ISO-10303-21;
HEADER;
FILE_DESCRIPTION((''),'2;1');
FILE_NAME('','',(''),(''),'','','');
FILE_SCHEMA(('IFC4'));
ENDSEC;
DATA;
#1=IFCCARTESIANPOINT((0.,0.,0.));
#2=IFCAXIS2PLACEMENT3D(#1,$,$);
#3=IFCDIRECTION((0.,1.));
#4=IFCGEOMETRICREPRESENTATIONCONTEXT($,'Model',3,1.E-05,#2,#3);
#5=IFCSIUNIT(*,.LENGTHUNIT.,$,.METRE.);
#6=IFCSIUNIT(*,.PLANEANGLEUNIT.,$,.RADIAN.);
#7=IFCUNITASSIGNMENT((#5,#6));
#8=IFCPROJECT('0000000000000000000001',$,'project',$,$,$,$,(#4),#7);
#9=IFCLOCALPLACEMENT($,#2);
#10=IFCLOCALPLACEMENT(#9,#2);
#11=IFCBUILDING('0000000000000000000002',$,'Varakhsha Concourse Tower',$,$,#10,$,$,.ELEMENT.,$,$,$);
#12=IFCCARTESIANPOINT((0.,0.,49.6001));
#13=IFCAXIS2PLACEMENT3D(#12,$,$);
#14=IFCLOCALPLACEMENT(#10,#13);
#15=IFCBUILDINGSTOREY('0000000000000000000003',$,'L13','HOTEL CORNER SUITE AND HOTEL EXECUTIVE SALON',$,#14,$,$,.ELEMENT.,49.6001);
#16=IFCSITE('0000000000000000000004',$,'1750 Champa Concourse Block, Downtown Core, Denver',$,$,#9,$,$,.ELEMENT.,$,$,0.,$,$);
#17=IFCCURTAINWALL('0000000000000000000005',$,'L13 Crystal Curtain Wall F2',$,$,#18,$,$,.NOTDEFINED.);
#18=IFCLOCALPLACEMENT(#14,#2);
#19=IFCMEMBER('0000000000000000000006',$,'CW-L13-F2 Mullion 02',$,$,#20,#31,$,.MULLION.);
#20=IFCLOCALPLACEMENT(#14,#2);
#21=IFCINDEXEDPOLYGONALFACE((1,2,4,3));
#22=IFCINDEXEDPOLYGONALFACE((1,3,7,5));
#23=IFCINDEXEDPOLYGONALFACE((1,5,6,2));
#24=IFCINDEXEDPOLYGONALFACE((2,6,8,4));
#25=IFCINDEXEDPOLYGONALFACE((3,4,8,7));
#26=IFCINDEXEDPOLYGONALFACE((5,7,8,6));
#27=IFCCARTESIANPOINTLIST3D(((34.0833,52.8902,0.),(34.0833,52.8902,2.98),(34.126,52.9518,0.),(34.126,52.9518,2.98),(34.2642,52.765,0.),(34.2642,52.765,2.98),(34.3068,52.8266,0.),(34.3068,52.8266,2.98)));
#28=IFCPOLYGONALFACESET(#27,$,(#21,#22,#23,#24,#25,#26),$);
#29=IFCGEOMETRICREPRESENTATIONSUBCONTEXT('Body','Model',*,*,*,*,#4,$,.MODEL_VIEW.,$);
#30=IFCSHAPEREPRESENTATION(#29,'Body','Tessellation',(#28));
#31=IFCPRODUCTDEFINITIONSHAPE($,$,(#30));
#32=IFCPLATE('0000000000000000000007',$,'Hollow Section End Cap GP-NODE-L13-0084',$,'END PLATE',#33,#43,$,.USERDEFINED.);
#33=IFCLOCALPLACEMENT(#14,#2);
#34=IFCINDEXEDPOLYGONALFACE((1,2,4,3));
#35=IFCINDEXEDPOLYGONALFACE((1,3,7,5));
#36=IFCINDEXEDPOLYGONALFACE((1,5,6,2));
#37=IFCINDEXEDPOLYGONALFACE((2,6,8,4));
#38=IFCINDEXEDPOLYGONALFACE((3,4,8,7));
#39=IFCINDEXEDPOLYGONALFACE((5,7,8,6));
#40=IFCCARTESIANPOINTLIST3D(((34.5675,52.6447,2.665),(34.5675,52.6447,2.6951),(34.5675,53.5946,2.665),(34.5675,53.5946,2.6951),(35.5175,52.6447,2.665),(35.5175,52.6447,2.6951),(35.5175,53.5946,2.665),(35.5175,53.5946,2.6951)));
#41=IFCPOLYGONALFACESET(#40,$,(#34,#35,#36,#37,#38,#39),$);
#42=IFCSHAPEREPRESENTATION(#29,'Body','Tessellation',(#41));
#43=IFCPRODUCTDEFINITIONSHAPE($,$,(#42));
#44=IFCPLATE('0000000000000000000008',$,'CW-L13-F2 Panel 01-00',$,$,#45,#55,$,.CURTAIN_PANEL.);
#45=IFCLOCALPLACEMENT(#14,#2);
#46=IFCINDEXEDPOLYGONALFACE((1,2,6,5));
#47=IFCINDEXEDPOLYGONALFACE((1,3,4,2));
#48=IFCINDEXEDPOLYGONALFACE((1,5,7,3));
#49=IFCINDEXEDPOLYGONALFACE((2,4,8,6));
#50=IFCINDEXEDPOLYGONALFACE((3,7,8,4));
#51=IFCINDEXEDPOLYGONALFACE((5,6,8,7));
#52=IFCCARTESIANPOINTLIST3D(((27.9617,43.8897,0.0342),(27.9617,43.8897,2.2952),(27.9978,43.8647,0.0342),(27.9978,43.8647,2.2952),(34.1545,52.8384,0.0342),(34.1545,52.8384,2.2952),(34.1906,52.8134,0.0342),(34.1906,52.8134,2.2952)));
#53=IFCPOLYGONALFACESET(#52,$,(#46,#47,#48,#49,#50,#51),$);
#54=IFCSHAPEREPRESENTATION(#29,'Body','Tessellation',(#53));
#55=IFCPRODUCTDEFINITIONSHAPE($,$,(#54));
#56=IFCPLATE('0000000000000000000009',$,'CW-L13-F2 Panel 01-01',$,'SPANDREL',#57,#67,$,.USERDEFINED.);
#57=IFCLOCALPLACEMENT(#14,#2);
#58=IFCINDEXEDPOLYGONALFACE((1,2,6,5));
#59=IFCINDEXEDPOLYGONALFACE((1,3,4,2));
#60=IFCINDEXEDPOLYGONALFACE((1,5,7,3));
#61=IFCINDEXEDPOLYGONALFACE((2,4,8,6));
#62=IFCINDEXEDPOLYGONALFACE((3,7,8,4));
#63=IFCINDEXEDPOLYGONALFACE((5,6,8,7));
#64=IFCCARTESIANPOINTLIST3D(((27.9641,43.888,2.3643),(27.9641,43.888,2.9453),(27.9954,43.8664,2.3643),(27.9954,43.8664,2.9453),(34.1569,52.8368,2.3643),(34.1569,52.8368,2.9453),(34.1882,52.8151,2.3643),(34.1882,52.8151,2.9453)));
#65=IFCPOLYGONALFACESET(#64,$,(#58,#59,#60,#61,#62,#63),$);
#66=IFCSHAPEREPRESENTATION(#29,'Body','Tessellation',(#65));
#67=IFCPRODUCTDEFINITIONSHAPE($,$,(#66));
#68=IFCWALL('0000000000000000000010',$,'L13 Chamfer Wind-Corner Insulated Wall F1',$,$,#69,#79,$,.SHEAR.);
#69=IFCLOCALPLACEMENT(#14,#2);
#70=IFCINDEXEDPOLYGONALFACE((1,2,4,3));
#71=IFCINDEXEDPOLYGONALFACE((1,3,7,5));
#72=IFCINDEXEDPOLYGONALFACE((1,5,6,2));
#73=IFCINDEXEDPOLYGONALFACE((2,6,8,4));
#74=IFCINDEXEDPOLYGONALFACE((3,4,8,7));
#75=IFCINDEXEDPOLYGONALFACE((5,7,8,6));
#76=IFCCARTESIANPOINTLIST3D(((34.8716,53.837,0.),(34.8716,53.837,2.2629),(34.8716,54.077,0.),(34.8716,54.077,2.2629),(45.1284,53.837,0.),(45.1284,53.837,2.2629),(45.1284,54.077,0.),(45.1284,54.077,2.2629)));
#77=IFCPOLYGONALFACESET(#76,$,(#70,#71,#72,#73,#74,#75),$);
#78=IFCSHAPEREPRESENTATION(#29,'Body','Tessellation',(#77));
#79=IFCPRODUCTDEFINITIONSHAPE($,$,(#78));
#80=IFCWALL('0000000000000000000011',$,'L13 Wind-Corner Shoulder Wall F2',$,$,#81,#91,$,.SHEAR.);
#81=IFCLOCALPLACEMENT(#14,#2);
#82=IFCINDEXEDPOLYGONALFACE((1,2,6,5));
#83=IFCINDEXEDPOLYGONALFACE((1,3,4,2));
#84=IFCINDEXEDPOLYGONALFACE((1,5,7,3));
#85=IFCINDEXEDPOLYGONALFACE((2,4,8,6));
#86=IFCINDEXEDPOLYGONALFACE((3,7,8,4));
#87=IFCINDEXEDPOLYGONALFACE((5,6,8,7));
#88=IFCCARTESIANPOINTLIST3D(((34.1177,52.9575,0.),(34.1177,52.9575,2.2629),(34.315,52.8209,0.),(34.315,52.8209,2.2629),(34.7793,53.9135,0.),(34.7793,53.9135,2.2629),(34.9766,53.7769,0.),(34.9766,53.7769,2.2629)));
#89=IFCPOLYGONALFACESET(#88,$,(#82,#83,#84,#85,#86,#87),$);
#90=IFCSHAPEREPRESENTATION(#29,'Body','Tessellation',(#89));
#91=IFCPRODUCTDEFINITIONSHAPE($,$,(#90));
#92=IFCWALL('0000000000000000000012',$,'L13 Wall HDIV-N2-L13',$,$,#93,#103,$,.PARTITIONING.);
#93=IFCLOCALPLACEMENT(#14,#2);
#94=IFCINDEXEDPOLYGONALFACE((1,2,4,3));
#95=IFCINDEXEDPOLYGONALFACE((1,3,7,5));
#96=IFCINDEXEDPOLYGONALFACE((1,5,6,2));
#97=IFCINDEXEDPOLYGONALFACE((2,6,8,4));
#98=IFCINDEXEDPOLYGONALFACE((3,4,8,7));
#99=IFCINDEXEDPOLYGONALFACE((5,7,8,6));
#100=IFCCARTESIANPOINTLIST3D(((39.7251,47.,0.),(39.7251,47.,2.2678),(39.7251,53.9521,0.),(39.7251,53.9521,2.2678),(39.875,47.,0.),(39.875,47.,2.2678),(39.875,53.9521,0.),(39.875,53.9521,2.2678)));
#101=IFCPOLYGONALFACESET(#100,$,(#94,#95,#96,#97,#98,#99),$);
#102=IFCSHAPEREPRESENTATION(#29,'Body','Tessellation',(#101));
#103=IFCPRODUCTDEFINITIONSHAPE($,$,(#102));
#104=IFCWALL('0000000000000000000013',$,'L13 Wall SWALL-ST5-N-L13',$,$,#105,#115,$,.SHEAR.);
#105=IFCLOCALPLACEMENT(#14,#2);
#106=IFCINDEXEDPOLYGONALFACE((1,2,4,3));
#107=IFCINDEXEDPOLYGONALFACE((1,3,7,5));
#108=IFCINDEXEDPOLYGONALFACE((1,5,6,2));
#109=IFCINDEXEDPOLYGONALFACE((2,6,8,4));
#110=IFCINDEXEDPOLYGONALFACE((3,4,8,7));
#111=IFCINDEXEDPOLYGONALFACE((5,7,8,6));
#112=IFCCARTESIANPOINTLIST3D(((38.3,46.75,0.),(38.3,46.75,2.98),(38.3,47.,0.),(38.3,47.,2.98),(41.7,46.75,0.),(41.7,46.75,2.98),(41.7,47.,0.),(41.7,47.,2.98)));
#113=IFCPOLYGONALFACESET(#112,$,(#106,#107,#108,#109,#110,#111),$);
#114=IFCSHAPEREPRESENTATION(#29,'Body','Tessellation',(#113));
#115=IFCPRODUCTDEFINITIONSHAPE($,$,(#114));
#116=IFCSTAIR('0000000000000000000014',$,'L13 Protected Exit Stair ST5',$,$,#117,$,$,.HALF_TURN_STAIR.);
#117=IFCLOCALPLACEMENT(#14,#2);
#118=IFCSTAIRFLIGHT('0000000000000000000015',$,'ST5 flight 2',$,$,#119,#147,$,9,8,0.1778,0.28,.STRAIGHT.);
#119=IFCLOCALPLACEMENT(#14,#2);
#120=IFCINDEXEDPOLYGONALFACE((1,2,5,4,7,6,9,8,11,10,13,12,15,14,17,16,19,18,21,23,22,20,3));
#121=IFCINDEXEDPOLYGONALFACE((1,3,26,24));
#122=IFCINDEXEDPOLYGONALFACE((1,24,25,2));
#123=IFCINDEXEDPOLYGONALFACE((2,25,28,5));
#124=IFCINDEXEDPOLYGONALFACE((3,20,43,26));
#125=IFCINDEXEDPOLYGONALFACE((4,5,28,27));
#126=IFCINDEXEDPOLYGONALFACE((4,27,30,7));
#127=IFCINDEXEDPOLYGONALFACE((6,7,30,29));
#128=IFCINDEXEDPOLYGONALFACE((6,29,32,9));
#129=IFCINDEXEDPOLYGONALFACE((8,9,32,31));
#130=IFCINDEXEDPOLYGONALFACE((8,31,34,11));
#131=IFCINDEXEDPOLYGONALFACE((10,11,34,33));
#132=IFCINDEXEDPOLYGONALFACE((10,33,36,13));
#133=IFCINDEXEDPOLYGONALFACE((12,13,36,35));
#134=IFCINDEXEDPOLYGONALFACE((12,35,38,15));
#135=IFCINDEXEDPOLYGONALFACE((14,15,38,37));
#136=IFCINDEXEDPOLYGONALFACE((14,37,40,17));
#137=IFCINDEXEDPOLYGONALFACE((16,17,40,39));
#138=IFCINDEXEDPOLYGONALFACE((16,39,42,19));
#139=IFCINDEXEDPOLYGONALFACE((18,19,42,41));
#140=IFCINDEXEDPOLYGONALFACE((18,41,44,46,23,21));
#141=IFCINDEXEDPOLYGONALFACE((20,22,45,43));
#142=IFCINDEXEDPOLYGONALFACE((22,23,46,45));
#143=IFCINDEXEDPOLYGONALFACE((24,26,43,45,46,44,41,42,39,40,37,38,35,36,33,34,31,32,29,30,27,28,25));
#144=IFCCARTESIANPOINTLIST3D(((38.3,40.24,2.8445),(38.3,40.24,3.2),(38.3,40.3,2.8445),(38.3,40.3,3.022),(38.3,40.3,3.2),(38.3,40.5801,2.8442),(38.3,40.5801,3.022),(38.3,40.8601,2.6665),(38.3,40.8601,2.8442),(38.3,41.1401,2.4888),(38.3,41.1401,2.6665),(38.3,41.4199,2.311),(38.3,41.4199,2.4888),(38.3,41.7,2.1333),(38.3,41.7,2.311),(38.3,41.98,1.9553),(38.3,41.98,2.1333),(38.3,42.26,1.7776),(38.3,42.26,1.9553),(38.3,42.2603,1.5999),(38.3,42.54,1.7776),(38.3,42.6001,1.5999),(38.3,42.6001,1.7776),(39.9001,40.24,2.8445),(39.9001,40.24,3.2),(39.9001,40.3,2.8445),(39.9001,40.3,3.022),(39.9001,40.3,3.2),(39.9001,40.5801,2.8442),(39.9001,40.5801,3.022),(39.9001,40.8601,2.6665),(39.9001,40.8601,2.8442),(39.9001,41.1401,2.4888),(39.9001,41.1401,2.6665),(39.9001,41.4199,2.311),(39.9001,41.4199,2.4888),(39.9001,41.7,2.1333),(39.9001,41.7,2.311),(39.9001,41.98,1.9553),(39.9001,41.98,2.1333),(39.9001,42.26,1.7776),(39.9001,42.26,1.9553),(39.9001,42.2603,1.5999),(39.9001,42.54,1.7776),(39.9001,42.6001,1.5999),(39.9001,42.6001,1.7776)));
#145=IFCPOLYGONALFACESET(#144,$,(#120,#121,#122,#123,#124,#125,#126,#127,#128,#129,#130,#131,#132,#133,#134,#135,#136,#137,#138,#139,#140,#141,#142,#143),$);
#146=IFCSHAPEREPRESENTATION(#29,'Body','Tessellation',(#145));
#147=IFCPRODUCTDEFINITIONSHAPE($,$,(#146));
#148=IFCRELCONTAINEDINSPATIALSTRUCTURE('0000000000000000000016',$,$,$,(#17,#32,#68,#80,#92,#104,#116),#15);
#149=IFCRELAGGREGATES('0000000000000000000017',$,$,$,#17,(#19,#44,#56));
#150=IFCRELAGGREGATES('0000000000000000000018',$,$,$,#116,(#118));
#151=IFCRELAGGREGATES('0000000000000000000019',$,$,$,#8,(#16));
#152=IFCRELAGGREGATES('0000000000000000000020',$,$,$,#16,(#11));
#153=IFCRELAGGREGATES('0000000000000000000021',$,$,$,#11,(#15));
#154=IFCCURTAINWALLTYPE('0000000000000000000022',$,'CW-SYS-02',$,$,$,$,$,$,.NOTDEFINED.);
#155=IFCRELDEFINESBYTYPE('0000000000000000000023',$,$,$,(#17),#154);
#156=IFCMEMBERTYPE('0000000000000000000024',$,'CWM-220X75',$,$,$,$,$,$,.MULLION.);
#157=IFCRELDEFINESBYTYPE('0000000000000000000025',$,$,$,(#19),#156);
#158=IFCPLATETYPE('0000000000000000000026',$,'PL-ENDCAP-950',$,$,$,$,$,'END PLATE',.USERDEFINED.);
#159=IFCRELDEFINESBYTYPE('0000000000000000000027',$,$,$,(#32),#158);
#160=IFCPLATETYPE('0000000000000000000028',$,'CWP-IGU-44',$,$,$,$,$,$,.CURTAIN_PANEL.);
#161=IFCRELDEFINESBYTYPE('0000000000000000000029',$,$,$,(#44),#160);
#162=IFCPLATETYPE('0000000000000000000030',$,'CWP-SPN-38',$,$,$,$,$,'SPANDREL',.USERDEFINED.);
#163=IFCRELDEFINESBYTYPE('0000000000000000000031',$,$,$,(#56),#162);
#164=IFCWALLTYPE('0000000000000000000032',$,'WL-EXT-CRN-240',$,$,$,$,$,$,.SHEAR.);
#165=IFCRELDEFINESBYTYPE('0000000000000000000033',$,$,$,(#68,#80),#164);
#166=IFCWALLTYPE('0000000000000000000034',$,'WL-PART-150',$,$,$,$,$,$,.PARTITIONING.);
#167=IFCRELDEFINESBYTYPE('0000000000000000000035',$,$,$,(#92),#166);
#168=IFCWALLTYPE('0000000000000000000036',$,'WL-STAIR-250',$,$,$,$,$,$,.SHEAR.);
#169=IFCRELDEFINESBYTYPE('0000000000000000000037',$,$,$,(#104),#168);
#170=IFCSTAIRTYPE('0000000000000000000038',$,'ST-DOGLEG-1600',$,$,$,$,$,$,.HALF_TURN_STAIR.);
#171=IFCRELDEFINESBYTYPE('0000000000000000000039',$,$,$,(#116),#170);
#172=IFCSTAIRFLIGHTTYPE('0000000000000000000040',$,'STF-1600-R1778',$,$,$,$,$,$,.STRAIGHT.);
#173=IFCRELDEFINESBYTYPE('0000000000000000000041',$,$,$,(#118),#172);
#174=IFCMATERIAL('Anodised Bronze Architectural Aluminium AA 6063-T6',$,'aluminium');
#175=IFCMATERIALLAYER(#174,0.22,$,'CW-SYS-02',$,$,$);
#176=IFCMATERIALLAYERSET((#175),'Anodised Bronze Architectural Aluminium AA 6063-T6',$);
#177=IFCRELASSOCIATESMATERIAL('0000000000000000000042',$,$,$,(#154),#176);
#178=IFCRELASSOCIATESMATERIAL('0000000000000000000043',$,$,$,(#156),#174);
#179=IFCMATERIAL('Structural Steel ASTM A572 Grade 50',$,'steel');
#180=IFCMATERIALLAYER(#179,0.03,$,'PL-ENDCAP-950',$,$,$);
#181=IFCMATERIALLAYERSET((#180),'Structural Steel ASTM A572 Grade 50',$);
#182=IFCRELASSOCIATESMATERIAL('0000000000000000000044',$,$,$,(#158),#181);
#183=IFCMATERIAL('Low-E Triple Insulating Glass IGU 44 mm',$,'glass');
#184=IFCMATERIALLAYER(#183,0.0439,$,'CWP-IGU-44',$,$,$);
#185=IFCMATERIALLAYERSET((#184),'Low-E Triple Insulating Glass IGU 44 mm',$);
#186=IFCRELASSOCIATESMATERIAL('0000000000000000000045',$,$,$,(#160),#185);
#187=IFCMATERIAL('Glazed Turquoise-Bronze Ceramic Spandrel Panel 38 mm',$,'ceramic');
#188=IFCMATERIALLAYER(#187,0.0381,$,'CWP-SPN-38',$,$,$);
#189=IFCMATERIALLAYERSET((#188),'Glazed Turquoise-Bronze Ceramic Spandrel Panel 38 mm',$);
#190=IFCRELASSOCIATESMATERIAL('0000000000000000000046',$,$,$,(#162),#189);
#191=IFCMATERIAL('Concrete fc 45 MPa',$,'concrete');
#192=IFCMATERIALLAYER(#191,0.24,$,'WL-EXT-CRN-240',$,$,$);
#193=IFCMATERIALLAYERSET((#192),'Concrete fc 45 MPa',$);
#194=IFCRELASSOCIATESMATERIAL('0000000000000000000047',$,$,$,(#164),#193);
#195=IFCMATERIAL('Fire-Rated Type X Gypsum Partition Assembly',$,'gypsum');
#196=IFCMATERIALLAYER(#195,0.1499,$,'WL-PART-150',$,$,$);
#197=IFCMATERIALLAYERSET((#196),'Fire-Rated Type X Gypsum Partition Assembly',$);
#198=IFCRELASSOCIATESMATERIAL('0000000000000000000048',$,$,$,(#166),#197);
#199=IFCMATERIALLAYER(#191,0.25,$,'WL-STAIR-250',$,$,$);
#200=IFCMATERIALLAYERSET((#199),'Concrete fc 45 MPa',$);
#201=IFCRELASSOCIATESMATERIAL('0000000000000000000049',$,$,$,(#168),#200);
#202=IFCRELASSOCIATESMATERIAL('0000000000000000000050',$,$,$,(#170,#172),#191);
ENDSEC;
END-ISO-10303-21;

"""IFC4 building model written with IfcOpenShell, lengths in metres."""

from ifc_helpers import new_model, si_unit, direction, frame, frame_2d, origin, origin_2d, place, context, subcontext, project, spatial, polyline, rectangle, outline, extrude, source, transform, mapped, material, layer, layer_set, material_profile, profile_set, type_object, type_shapes, element, aggregate, save


model = new_model("IFC4")

# Units and contexts
model_context = context("Model", 3, precision=1e-05, world=origin(), true_north=direction((0.0, 1.0)))
body_context = subcontext(model_context, "Body", "Model", "MODEL_VIEW")
ifc_project = project(units=[si_unit("LENGTHUNIT", "METRE"), si_unit("PLANEANGLEUNIT", "RADIAN")], contexts=[model_context])

# Site, building, storey
site_placement = place(None, origin())
site = spatial("IfcSite", under=ifc_project, at=site_placement, Name="1750 Champa Concourse Block, Downtown Core, Denver", CompositionType="ELEMENT", RefElevation=0.0)
building_placement = place(site_placement, origin())
building = spatial("IfcBuilding", under=site, at=building_placement, Name="Varakhsha Concourse Tower", CompositionType="ELEMENT")
storey_placement = place(building_placement, frame((0.0, 0.0, 49.6001)))
storey = spatial("IfcBuildingStorey", under=building, at=storey_placement, Name="L13", Description="HOTEL CORNER SUITE AND HOTEL EXECUTIVE SALON", CompositionType="ELEMENT", Elevation=49.6001)

# Shared definitions
ifc_material_1 = material(Name="Structural Steel ASTM A572 Grade 50", Category="steel")

# Curtain wall, member
ifc_material_2 = material(Name="Anodised Bronze Architectural Aluminium AA 6063-T6", Category="aluminium")
ifc_layer_1 = layer(ifc_material_2, 0.22, Name="CW-SYS-02")
ifc_layer_set_1 = layer_set([ifc_layer_1], Name="Anodised Bronze Architectural Aluminium AA 6063-T6")
curtain_wall_type = type_object("IfcCurtainWallType", Name="CW-SYS-02", PredefinedType="NOTDEFINED", material=ifc_layer_set_1)
curtain_wall_placement = place(storey_placement, origin())
curtain_wall = element("IfcCurtainWall", 1, at=curtain_wall_placement, inside=storey, type_object=curtain_wall_type, Name="L13 Crystal Curtain Wall F2", PredefinedType="NOTDEFINED")
ifc_material_profile_1 = material_profile(ifc_material_2, rectangle(XDim=0.075, YDim=0.22, at=origin_2d()), Name="CWM-220X75")
ifc_profile_set_1 = profile_set([ifc_material_profile_1], Name="Anodised Bronze Architectural Aluminium AA 6063-T6")
member_type = type_object("IfcMemberType", Name="CWM-220X75", PredefinedType="MULLION", material=ifc_profile_set_1)
shared_shape_1 = source(origin(), body_context, "Body", "SweptSolid", [
    extrude(rectangle(XDim=0.075, YDim=0.22, at=origin_2d()), origin(), (0.0, 0.0, 1.0), 2.98),
])
type_shapes(member_type, [shared_shape_1])
member_1_placement = place(storey_placement, frame((34.1951, 52.8584, 0.0), z_axis=(0.0, 0.0, 1.0), x_axis=(0.569057, 0.822298, 0.0)))
member_1 = element("IfcMember", 2, at=member_1_placement, type_object=member_type, Name="CW-L13-F2 Mullion 02", PredefinedType="MULLION", context=body_context, shape_type="MappedRepresentation", body=[
    mapped(shared_shape_1, transform((0.0, 0.0, 0.0), scale=1.0)),
])

# Plates
ifc_layer_2 = layer(ifc_material_1, 0.03, Name="PL-ENDCAP-950")
ifc_layer_set_2 = layer_set([ifc_layer_2], Name="Structural Steel ASTM A572 Grade 50")
plate_type_1 = type_object("IfcPlateType", Name="PL-ENDCAP-950", ElementType="END PLATE", PredefinedType="USERDEFINED", material=ifc_layer_set_2)
shared_shape_2 = source(origin(), body_context, "Body", "SweptSolid", [
    extrude(rectangle(XDim=0.95, YDim=0.95, at=origin_2d()), origin(), (0.0, 0.0, 1.0), 0.03),
])
type_shapes(plate_type_1, [shared_shape_2])
plate_1_placement = place(storey_placement, frame((35.0425, 53.1196, 2.665), z_axis=(0.0, 0.0, 1.0), x_axis=(1.0, 0.0, 0.0)))
element("IfcPlate", 3, at=plate_1_placement, inside=storey, type_object=plate_type_1, Name="Hollow Section End Cap GP-NODE-L13-0084", ObjectType="END PLATE", PredefinedType="USERDEFINED", context=body_context, shape_type="MappedRepresentation", body=[
    mapped(shared_shape_2, transform((0.0, 0.0, 0.0), scale=1.0)),
])
ifc_material_3 = material(Name="Low-E Triple Insulating Glass IGU 44 mm", Category="glass")
ifc_layer_3 = layer(ifc_material_3, 0.0439, Name="CWP-IGU-44")
ifc_layer_set_3 = layer_set([ifc_layer_3], Name="Low-E Triple Insulating Glass IGU 44 mm")
plate_type_2 = type_object("IfcPlateType", Name="CWP-IGU-44", PredefinedType="CURTAIN_PANEL", material=ifc_layer_set_3)
shared_shape_3 = source(origin(), body_context, "Body", "SweptSolid", [
    extrude(rectangle(XDim=10.8826, YDim=0.0439, at=origin_2d()), origin(), (0.0, 0.0, 1.0), 2.261),
])
type_shapes(plate_type_2, [shared_shape_3])
plate_2_placement = place(storey_placement, frame((31.0762, 48.3516, 0.0342), z_axis=(0.0, 0.0, 1.0), x_axis=(0.569057, 0.822298, 0.0)))
plate_2 = element("IfcPlate", 4, at=plate_2_placement, type_object=plate_type_2, Name="CW-L13-F2 Panel 01-00", PredefinedType="CURTAIN_PANEL", context=body_context, shape_type="MappedRepresentation", body=[
    mapped(shared_shape_3, transform((0.0, 0.0, 0.0), scale=1.0)),
])
ifc_material_4 = material(Name="Glazed Turquoise-Bronze Ceramic Spandrel Panel 38 mm", Category="ceramic")
ifc_layer_4 = layer(ifc_material_4, 0.0381, Name="CWP-SPN-38")
ifc_layer_set_4 = layer_set([ifc_layer_4], Name="Glazed Turquoise-Bronze Ceramic Spandrel Panel 38 mm")
plate_type_3 = type_object("IfcPlateType", Name="CWP-SPN-38", ElementType="SPANDREL", PredefinedType="USERDEFINED", material=ifc_layer_set_4)
shared_shape_4 = source(origin(), body_context, "Body", "SweptSolid", [
    extrude(rectangle(XDim=10.8826, YDim=0.0381, at=origin_2d()), origin(), (0.0, 0.0, 1.0), 0.5811),
])
type_shapes(plate_type_3, [shared_shape_4])
plate_3_placement = place(storey_placement, frame((31.0762, 48.3516, 2.3643), z_axis=(0.0, 0.0, 1.0), x_axis=(0.569057, 0.822298, 0.0)))
plate_3 = element("IfcPlate", 5, at=plate_3_placement, type_object=plate_type_3, Name="CW-L13-F2 Panel 01-01", ObjectType="SPANDREL", PredefinedType="USERDEFINED", context=body_context, shape_type="MappedRepresentation", body=[
    mapped(shared_shape_4, transform((0.0, 0.0, 0.0), scale=1.0)),
])
aggregate(curtain_wall, [member_1, plate_2, plate_3])

# Walls
ifc_material_5 = material(Name="Concrete fc 45 MPa", Category="concrete")
ifc_layer_5 = layer(ifc_material_5, 0.24, Name="WL-EXT-CRN-240")
ifc_layer_set_5 = layer_set([ifc_layer_5], Name="Concrete fc 45 MPa")
wall_type_1 = type_object("IfcWallType", Name="WL-EXT-CRN-240", PredefinedType="SHEAR", material=ifc_layer_set_5)
wall_1_placement = place(storey_placement, frame((34.8716, 53.957, 0.0), z_axis=(0.0, 0.0, 1.0), x_axis=(1.0, 0.0, 0.0)))
element("IfcWall", 6, at=wall_1_placement, inside=storey, type_object=wall_type_1, Name="L13 Chamfer Wind-Corner Insulated Wall F1", PredefinedType="SHEAR", context=body_context, shape_type="SweptSolid", body=[
    extrude(rectangle(XDim=10.2568, YDim=0.24, at=frame_2d((5.1284, 0.0))), origin(), (0.0, 0.0, 1.0), 2.2629),
])
wall_2_placement = place(storey_placement, frame((34.8779, 53.8452, 0.0), z_axis=(0.0, 0.0, 1.0), x_axis=(-0.569057, -0.822298, 0.0)))
element("IfcWall", 7, at=wall_2_placement, inside=storey, type_object=wall_type_1, Name="L13 Wind-Corner Shoulder Wall F2", PredefinedType="SHEAR", context=body_context, shape_type="SweptSolid", body=[
    extrude(rectangle(XDim=1.1626, YDim=0.24, at=frame_2d((0.5813, 0.0))), origin(), (0.0, 0.0, 1.0), 2.2629),
])
ifc_material_6 = material(Name="Fire-Rated Type X Gypsum Partition Assembly", Category="gypsum")
ifc_layer_6 = layer(ifc_material_6, 0.1499, Name="WL-PART-150")
ifc_layer_set_6 = layer_set([ifc_layer_6], Name="Fire-Rated Type X Gypsum Partition Assembly")
wall_type_2 = type_object("IfcWallType", Name="WL-PART-150", PredefinedType="PARTITIONING", material=ifc_layer_set_6)
wall_3_placement = place(storey_placement, frame((39.8, 47.0, 0.0), z_axis=(0.0, 0.0, 1.0), x_axis=(0.0, 1.0, 0.0)))
element("IfcWall", 8, at=wall_3_placement, inside=storey, type_object=wall_type_2, Name="L13 Wall HDIV-N2-L13", PredefinedType="PARTITIONING", context=body_context, shape_type="SweptSolid", body=[
    extrude(rectangle(XDim=6.9521, YDim=0.1499, at=frame_2d((3.4761, 0.0))), origin(), (0.0, 0.0, 1.0), 2.2678),
])
ifc_layer_7 = layer(ifc_material_5, 0.25, Name="WL-STAIR-250")
ifc_layer_set_7 = layer_set([ifc_layer_7], Name="Concrete fc 45 MPa")
wall_type_3 = type_object("IfcWallType", Name="WL-STAIR-250", PredefinedType="SHEAR", material=ifc_layer_set_7)
wall_4_placement = place(storey_placement, frame((38.3, 46.875, 0.0), z_axis=(0.0, 0.0, 1.0), x_axis=(1.0, 0.0, 0.0)))
element("IfcWall", 9, at=wall_4_placement, inside=storey, type_object=wall_type_3, Name="L13 Wall SWALL-ST5-N-L13", PredefinedType="SHEAR", context=body_context, shape_type="SweptSolid", body=[
    extrude(rectangle(XDim=3.3999, YDim=0.25, at=frame_2d((1.7, 0.0))), origin(), (0.0, 0.0, 1.0), 2.98),
])

# Stair, stair flight
stair_type = type_object("IfcStairType", Name="ST-DOGLEG-1600", PredefinedType="HALF_TURN_STAIR", material=ifc_material_5)
stair_placement = place(storey_placement, origin())
stair = element("IfcStair", 10, at=stair_placement, inside=storey, type_object=stair_type, Name="L13 Protected Exit Stair ST5", PredefinedType="HALF_TURN_STAIR")
stair_flight_type = type_object("IfcStairFlightType", Name="STF-1600-R1778", PredefinedType="STRAIGHT", material=ifc_material_5)
stair_flight_placement = place(storey_placement, frame((39.1001, 42.54, 1.5999), z_axis=(0.0, 0.0, 1.0), x_axis=(0.0, -1.0, 0.0)))
stair_flight = element("IfcStairFlight", 11, at=stair_flight_placement, type_object=stair_flight_type, Name="ST5 flight 2", NumberOfRisers=9, NumberOfTreads=8, PredefinedType="STRAIGHT", RiserHeight=0.1778, TreadLength=0.28, context=body_context, shape_type="SweptSolid", body=[
    extrude(outline(polyline([(-0.0601, 0.0), (-0.0601, 0.1777), (0.0, 0.1777), (0.28, 0.1777), (0.28, 0.3555), (0.5601, 0.3555), (0.5601, 0.5334), (0.8401, 0.5334), (0.8401, 0.7112), (1.1201, 0.7112), (1.1201, 0.8889), (1.3999, 0.8889), (1.3999, 1.0667), (1.6799, 1.0667), (1.6799, 1.2444), (1.96, 1.2444), (1.96, 1.4221), (2.24, 1.4221), (2.24, 1.6001), (2.3, 1.6001), (2.3, 1.2446), (2.24, 1.2446), (0.2798, 0.0), (-0.0601, 0.0)])), frame((0.0, 0.8, 0.0), z_axis=(0.0, -1.0, 0.0), x_axis=(1.0, 0.0, 0.0)), (0.0, 0.0, 1.0), 1.6001),
])
aggregate(stair, [stair_flight])

save(model, "model.ifc")
